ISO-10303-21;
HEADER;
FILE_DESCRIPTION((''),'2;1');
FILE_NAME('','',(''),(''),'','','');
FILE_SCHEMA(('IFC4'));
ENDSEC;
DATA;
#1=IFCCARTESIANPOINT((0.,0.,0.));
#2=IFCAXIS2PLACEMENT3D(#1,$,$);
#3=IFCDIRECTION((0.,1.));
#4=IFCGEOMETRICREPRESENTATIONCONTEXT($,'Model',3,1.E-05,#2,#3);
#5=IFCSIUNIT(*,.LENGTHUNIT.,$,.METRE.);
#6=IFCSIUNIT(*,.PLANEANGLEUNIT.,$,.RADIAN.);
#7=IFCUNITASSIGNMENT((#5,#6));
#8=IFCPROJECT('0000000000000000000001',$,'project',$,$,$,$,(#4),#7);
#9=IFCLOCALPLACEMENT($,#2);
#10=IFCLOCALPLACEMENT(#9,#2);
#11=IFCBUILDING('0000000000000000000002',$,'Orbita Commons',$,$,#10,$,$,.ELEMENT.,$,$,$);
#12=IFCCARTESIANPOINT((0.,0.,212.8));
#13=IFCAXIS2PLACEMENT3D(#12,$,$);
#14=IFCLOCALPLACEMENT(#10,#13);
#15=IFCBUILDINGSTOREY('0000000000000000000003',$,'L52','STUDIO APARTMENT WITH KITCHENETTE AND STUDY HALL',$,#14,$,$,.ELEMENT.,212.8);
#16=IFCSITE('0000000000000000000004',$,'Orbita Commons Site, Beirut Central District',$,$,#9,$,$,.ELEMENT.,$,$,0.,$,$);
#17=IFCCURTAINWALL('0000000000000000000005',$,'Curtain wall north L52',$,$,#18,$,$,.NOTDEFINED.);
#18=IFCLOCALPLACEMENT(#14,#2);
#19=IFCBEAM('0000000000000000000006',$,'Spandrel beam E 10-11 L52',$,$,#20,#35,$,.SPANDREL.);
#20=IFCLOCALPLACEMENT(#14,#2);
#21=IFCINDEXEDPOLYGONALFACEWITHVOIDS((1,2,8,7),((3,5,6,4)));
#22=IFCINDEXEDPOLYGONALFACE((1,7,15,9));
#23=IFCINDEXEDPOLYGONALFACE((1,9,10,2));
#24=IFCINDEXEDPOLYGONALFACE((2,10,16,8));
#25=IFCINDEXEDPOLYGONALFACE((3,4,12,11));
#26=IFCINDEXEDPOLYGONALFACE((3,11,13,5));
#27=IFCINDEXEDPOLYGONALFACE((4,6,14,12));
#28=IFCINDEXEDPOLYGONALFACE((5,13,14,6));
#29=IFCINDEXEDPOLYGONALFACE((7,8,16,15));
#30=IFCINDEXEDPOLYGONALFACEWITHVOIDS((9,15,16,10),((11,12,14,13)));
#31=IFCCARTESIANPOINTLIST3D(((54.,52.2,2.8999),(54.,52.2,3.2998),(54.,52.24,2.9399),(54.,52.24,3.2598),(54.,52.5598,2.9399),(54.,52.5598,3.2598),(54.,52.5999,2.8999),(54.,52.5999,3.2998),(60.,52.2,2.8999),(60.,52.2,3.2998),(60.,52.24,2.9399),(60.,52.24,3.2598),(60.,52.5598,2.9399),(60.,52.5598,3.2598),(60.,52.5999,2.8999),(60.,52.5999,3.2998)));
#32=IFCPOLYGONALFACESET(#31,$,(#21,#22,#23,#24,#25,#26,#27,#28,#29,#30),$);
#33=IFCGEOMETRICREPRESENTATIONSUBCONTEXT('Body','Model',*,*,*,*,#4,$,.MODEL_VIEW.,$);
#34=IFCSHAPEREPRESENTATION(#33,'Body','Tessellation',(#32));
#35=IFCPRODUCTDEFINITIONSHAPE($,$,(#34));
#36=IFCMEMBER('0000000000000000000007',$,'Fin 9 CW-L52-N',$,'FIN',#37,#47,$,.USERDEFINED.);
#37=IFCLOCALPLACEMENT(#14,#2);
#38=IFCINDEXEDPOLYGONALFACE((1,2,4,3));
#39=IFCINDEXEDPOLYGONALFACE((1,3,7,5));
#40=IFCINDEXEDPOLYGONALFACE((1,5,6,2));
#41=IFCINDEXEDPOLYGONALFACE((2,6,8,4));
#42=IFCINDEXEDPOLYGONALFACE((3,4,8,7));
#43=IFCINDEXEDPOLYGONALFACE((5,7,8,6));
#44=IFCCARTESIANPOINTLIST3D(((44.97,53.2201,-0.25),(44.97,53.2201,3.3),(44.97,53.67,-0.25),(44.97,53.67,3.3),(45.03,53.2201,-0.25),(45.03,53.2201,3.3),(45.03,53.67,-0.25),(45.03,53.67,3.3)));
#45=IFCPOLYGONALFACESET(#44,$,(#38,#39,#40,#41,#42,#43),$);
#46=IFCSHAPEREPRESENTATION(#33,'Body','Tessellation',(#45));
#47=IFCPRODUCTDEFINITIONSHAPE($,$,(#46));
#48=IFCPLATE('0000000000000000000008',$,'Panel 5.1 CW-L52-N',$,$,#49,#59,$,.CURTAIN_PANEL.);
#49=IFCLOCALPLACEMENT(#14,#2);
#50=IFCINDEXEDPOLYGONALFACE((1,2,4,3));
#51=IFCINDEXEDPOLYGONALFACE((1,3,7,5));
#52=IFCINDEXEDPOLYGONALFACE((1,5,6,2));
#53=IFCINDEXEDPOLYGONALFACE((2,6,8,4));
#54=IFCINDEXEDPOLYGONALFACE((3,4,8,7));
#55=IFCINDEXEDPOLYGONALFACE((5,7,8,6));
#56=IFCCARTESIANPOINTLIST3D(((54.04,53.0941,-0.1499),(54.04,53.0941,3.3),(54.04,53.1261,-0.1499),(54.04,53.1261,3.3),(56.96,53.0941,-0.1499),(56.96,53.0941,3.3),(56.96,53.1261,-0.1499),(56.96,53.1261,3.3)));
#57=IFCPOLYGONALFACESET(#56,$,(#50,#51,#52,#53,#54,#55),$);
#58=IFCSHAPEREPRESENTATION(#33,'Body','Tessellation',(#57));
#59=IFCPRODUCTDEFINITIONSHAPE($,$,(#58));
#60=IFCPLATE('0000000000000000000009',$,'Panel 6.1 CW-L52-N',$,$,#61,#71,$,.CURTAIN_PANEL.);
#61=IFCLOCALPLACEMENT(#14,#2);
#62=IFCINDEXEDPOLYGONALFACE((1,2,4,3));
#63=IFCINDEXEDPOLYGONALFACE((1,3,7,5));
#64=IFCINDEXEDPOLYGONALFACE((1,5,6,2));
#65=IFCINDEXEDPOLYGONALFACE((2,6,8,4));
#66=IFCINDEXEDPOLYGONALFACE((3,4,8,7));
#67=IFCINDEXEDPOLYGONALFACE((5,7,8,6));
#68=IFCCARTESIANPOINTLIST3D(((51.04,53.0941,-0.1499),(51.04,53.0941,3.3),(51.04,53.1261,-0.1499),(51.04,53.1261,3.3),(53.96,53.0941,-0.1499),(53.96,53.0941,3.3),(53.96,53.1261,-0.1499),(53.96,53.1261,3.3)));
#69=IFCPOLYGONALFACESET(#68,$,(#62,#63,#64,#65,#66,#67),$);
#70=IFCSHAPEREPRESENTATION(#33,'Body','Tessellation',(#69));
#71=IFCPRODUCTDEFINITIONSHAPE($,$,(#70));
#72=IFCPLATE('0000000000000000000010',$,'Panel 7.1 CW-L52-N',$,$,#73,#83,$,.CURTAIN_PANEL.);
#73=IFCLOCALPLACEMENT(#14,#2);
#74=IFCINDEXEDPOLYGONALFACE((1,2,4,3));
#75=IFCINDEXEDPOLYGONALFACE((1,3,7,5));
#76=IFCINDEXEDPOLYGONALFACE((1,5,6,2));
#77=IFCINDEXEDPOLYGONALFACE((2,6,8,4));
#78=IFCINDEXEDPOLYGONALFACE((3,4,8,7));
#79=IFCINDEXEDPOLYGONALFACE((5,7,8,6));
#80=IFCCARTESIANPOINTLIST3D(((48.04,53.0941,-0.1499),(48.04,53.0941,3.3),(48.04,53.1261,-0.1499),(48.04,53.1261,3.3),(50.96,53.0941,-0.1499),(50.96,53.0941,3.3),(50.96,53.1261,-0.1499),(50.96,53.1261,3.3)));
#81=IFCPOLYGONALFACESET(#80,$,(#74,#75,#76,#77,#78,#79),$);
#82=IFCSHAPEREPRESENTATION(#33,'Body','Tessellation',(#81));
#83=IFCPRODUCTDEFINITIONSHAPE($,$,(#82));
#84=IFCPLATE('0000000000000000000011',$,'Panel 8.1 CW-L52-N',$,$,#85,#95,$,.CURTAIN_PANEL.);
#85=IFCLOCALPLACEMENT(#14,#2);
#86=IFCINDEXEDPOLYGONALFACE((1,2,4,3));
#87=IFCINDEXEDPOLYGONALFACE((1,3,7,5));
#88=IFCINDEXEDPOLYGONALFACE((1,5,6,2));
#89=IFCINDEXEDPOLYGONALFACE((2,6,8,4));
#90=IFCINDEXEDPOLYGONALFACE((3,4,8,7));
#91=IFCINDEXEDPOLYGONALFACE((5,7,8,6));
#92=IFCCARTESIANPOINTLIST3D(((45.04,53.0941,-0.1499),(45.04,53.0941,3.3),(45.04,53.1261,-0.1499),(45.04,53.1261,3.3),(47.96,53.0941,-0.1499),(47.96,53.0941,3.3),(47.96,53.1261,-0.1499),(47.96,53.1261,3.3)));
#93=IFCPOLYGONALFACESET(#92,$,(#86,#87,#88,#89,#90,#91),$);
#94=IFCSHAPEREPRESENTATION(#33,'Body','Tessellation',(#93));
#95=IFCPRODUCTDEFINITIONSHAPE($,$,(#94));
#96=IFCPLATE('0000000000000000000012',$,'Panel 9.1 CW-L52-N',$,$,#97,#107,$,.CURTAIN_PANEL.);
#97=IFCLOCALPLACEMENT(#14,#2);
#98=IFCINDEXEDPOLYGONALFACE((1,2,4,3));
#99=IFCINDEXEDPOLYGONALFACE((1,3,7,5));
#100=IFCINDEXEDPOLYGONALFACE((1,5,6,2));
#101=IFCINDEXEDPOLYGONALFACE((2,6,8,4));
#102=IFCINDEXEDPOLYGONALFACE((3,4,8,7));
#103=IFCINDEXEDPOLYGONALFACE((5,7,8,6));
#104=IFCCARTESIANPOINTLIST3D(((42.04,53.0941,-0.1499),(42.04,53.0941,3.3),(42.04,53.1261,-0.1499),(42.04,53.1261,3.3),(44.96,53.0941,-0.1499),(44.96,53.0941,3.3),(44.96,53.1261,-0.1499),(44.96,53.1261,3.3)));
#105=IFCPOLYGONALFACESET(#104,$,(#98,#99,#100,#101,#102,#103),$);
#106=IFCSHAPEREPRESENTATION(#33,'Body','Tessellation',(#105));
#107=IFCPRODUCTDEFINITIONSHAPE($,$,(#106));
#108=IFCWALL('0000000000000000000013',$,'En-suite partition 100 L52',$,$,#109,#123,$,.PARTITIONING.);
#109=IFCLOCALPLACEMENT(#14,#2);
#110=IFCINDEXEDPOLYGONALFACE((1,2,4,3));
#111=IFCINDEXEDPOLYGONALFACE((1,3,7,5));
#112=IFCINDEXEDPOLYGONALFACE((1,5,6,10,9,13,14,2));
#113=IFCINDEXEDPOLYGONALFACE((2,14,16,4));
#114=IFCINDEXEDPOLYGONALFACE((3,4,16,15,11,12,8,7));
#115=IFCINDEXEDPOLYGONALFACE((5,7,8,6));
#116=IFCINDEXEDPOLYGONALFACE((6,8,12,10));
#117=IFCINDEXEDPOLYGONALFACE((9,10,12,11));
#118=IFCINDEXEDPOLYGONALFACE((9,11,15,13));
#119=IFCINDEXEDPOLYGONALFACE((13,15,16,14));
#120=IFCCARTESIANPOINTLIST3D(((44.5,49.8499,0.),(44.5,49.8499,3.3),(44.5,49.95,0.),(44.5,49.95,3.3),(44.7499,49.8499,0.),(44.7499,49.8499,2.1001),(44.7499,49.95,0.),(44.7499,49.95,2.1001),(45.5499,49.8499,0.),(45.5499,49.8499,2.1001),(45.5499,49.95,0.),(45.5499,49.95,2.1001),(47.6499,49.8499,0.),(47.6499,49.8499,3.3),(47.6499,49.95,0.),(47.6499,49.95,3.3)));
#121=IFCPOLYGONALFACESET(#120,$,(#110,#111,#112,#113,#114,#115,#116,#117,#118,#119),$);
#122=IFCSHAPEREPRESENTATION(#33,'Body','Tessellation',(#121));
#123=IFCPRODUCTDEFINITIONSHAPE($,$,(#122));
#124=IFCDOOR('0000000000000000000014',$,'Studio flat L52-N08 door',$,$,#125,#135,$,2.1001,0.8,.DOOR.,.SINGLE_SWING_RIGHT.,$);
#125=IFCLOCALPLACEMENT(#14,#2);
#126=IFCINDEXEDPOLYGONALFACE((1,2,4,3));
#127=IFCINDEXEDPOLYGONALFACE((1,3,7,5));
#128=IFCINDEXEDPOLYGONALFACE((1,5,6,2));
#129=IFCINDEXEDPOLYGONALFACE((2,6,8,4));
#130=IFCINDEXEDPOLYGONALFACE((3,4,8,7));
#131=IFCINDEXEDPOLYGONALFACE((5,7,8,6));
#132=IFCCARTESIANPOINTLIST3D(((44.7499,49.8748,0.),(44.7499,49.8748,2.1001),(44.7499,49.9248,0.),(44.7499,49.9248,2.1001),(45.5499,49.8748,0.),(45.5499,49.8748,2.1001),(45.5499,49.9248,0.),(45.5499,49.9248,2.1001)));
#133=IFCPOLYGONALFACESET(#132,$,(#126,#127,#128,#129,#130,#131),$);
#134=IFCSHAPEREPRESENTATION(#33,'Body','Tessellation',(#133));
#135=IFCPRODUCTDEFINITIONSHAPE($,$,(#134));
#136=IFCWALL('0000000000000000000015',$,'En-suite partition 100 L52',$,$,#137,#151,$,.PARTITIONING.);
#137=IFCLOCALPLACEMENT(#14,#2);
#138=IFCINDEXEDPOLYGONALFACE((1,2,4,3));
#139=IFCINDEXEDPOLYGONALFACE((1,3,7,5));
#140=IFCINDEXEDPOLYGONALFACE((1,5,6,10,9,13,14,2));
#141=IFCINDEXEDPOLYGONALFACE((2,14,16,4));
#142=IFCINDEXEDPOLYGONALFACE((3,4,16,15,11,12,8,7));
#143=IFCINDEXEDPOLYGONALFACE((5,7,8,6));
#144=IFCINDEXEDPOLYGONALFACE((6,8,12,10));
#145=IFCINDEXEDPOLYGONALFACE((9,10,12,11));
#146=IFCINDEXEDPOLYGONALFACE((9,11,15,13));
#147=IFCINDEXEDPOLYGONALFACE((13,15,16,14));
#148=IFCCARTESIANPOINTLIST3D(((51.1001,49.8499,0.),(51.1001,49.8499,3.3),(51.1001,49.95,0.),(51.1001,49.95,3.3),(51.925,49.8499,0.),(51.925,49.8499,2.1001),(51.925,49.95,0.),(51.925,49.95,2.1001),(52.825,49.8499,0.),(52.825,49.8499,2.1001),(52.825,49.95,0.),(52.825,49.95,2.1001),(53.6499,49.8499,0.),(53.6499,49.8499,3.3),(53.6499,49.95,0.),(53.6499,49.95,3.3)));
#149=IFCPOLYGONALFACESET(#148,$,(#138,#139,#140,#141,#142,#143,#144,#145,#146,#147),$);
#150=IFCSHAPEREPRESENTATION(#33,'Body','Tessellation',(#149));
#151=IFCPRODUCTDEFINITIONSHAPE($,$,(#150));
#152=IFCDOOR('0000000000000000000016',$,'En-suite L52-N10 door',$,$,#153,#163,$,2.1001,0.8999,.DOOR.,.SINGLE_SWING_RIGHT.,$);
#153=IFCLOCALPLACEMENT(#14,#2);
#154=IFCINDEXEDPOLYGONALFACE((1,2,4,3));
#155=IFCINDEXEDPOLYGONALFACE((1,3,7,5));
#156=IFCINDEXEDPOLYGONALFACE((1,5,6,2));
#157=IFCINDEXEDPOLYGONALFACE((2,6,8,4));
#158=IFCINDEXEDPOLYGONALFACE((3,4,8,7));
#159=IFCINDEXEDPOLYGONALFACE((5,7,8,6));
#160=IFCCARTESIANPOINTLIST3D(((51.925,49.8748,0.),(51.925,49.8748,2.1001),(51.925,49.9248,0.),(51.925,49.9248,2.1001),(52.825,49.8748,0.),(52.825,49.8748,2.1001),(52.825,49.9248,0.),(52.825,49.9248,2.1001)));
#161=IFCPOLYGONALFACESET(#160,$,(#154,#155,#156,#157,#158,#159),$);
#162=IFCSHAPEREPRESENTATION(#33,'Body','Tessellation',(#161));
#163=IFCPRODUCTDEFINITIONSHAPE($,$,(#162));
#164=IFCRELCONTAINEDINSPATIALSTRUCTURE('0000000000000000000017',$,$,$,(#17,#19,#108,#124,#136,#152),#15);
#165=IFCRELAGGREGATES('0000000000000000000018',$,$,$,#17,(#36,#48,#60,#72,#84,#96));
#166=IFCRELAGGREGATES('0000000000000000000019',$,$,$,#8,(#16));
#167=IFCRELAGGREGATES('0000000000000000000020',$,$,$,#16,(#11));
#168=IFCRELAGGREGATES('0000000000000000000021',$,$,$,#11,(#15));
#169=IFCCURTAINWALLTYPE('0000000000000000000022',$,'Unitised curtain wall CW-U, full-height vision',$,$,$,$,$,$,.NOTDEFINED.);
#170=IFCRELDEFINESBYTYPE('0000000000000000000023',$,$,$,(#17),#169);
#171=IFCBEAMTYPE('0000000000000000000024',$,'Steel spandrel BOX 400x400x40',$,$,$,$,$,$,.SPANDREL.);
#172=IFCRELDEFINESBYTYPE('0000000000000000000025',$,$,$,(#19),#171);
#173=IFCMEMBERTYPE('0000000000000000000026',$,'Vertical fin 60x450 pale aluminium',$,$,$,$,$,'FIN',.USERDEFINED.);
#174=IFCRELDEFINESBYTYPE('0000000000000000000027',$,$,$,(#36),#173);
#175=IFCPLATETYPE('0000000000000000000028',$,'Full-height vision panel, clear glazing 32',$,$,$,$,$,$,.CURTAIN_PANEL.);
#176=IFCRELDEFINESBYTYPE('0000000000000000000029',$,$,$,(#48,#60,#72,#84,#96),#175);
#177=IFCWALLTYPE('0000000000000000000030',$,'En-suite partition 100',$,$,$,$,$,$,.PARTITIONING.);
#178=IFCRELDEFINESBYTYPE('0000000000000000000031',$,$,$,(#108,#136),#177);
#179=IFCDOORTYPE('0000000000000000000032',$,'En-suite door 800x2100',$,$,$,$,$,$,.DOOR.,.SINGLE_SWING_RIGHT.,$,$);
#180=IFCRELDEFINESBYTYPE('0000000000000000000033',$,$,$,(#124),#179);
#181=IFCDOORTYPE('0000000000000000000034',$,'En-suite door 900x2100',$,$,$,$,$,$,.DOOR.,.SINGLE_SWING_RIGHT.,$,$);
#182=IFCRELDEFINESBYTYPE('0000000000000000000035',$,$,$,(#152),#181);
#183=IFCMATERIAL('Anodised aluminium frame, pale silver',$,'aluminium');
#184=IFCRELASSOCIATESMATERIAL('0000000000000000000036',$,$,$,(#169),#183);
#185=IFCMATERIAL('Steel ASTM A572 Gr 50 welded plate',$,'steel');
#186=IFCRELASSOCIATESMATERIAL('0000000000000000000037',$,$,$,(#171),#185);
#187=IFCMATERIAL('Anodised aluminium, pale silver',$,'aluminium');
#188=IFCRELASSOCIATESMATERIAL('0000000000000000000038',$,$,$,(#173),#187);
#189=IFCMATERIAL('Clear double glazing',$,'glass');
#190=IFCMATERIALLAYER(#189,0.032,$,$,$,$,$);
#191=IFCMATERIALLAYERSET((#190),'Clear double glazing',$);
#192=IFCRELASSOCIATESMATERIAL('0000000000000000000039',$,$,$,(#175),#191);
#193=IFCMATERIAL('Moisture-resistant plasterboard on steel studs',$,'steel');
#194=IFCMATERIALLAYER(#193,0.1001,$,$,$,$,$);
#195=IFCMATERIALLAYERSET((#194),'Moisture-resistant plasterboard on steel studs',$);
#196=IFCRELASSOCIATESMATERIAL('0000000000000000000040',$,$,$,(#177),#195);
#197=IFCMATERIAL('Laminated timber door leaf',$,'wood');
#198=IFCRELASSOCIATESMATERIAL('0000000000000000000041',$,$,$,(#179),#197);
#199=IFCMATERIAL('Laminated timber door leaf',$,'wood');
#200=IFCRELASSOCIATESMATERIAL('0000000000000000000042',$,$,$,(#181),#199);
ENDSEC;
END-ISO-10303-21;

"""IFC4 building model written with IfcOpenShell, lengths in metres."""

from ifc_helpers import new_model, si_unit, direction, frame, frame_2d, origin, origin_2d, place, context, subcontext, project, spatial, rectangle, hollow_rectangle, extrude, material, layer, layer_set, material_profile, profile_set, type_object, element, fill, aggregate, save


model = new_model("IFC4")

# Units and contexts
model_context = context("Model", 3, precision=1e-05, world=origin(), true_north=direction((0.0, 1.0)))
body_context = subcontext(model_context, "Body", "Model", "MODEL_VIEW")
ifc_project = project(units=[si_unit("LENGTHUNIT", "METRE"), si_unit("PLANEANGLEUNIT", "RADIAN")], contexts=[model_context])

# Site, building, storey
site_placement = place(None, origin())
site = spatial("IfcSite", under=ifc_project, at=site_placement, Name="Orbita Commons Site, Beirut Central District", CompositionType="ELEMENT", RefElevation=0.0)
building_placement = place(site_placement, origin())
building = spatial("IfcBuilding", under=site, at=building_placement, Name="Orbita Commons", CompositionType="ELEMENT")
storey_placement = place(building_placement, frame((0.0, 0.0, 212.8)))
storey = spatial("IfcBuildingStorey", under=building, at=storey_placement, Name="L52", Description="STUDIO APARTMENT WITH KITCHENETTE AND STUDY HALL", CompositionType="ELEMENT", Elevation=212.8)

# Curtain wall
ifc_material_1 = material(Name="Anodised aluminium frame, pale silver", Category="aluminium")
curtain_wall_type = type_object("IfcCurtainWallType", Name="Unitised curtain wall CW-U, full-height vision", PredefinedType="NOTDEFINED", material=ifc_material_1)
curtain_wall_placement = place(storey_placement, origin())
curtain_wall = element("IfcCurtainWall", 1, at=curtain_wall_placement, inside=storey, type_object=curtain_wall_type, Name="Curtain wall north L52", PredefinedType="NOTDEFINED")

# Beam
ifc_material_2 = material(Name="Steel ASTM A572 Gr 50 welded plate", Category="steel")
ifc_material_profile_1 = material_profile(ifc_material_2, hollow_rectangle(XDim=0.3999, YDim=0.3999, WallThickness=0.04, at=origin_2d()), Name="BOX 400x400x40")
ifc_profile_set_1 = profile_set([ifc_material_profile_1], Name="Steel ASTM A572 Gr 50 welded plate")
beam_type = type_object("IfcBeamType", Name="Steel spandrel BOX 400x400x40", PredefinedType="SPANDREL", material=ifc_profile_set_1)
for number, where, z_axis, x_axis, name in (
    (2, (54.0, 52.3999, 3.0999), (1.0, 0.0, 0.0), (0.0, 1.0, 0.0), "Spandrel beam E 10-11 L52"),
):
    element("IfcBeam", number, at=place(storey_placement, frame(where, z_axis=z_axis, x_axis=x_axis)), inside=storey, type_object=beam_type, Name=name, PredefinedType="SPANDREL", context=body_context, shape_type="SweptSolid", body=[
        extrude(hollow_rectangle(XDim=0.3999, YDim=0.3999, WallThickness=0.04, at=origin_2d()), origin(), (0.0, 0.0, 1.0), 6.0),
    ])

# Member
ifc_material_3 = material(Name="Anodised aluminium, pale silver", Category="aluminium")
ifc_material_profile_2 = material_profile(ifc_material_3, rectangle(XDim=0.0601, YDim=0.45, at=origin_2d()), Name="FIN 60x450")
ifc_profile_set_2 = profile_set([ifc_material_profile_2], Name="Anodised aluminium, pale silver")
member_type_1 = type_object("IfcMemberType", Name="Vertical fin 60x450 pale aluminium", ElementType="FIN", PredefinedType="USERDEFINED", material=ifc_profile_set_2)
member_1_placement = place(storey_placement, frame((45.0, 53.4451, -0.25), z_axis=(0.0, 0.0, 1.0), x_axis=(-1.0, 0.0, 0.0)))
member_1 = element("IfcMember", 3, at=member_1_placement, type_object=member_type_1, Name="Fin 9 CW-L52-N", ObjectType="FIN", PredefinedType="USERDEFINED", context=body_context, shape_type="SweptSolid", body=[
    extrude(rectangle(XDim=0.0601, YDim=0.45, at=origin_2d()), origin(), (0.0, 0.0, 1.0), 3.55),
])

# Plates
ifc_material_4 = material(Name="Clear double glazing", Category="glass")
ifc_layer_1 = layer(ifc_material_4, 0.032)
ifc_layer_set_1 = layer_set([ifc_layer_1], Name="Clear double glazing")
plate_type = type_object("IfcPlateType", Name="Full-height vision panel, clear glazing 32", PredefinedType="CURTAIN_PANEL", material=ifc_layer_set_1)
plate_1_placement = place(storey_placement, frame((55.5, 53.1101, -0.1499), z_axis=(0.0, 0.0, 1.0), x_axis=(-1.0, 0.0, 0.0)))
plate_1 = element("IfcPlate", 4, at=plate_1_placement, type_object=plate_type, Name="Panel 5.1 CW-L52-N", PredefinedType="CURTAIN_PANEL", context=body_context, shape_type="SweptSolid", body=[
    extrude(rectangle(XDim=2.9199, YDim=0.032, at=origin_2d()), origin(), (0.0, 0.0, 1.0), 3.45),
])
plate_2_placement = place(storey_placement, frame((52.5, 53.1101, -0.1499), z_axis=(0.0, 0.0, 1.0), x_axis=(-1.0, 0.0, 0.0)))
plate_2 = element("IfcPlate", 5, at=plate_2_placement, type_object=plate_type, Name="Panel 6.1 CW-L52-N", PredefinedType="CURTAIN_PANEL", context=body_context, shape_type="SweptSolid", body=[
    extrude(rectangle(XDim=2.9199, YDim=0.032, at=origin_2d()), origin(), (0.0, 0.0, 1.0), 3.45),
])
plate_3_placement = place(storey_placement, frame((49.5, 53.1101, -0.1499), z_axis=(0.0, 0.0, 1.0), x_axis=(-1.0, 0.0, 0.0)))
plate_3 = element("IfcPlate", 6, at=plate_3_placement, type_object=plate_type, Name="Panel 7.1 CW-L52-N", PredefinedType="CURTAIN_PANEL", context=body_context, shape_type="SweptSolid", body=[
    extrude(rectangle(XDim=2.9199, YDim=0.032, at=origin_2d()), origin(), (0.0, 0.0, 1.0), 3.45),
])
plate_4_placement = place(storey_placement, frame((46.5, 53.1101, -0.1499), z_axis=(0.0, 0.0, 1.0), x_axis=(-1.0, 0.0, 0.0)))
plate_4 = element("IfcPlate", 7, at=plate_4_placement, type_object=plate_type, Name="Panel 8.1 CW-L52-N", PredefinedType="CURTAIN_PANEL", context=body_context, shape_type="SweptSolid", body=[
    extrude(rectangle(XDim=2.9199, YDim=0.032, at=origin_2d()), origin(), (0.0, 0.0, 1.0), 3.45),
])
plate_5_placement = place(storey_placement, frame((43.5, 53.1101, -0.1499), z_axis=(0.0, 0.0, 1.0), x_axis=(-1.0, 0.0, 0.0)))
plate_5 = element("IfcPlate", 8, at=plate_5_placement, type_object=plate_type, Name="Panel 9.1 CW-L52-N", PredefinedType="CURTAIN_PANEL", context=body_context, shape_type="SweptSolid", body=[
    extrude(rectangle(XDim=2.9199, YDim=0.032, at=origin_2d()), origin(), (0.0, 0.0, 1.0), 3.45),
])
aggregate(curtain_wall, [member_1, plate_1, plate_2, plate_3, plate_4, plate_5])

# Walls, openings, doors
ifc_material_5 = material(Name="Moisture-resistant plasterboard on steel studs", Category="steel")
ifc_layer_2 = layer(ifc_material_5, 0.1001)
ifc_layer_set_2 = layer_set([ifc_layer_2], Name="Moisture-resistant plasterboard on steel studs")
wall_type_1 = type_object("IfcWallType", Name="En-suite partition 100", PredefinedType="PARTITIONING", material=ifc_layer_set_2)
wall_1_placement = place(storey_placement, frame((44.5, 49.8999, 0.0), z_axis=(0.0, 0.0, 1.0), x_axis=(1.0, 0.0, 0.0)))
wall_1 = element("IfcWall", 9, at=wall_1_placement, inside=storey, type_object=wall_type_1, Name="En-suite partition 100 L52", PredefinedType="PARTITIONING", context=body_context, shape_type="SweptSolid", body=[
    extrude(rectangle(XDim=3.1499, YDim=0.1001, at=frame_2d((1.575, 0.0))), origin(), (0.0, 0.0, 1.0), 3.3),
])
opening_1_placement = place(wall_1_placement, frame((0.25, 0.0, 0.0)))
opening_1 = element("IfcOpeningElement", 10, at=opening_1_placement, cuts=wall_1, PredefinedType="OPENING", context=body_context, shape_type="SweptSolid", body=[
    extrude(rectangle(XDim=0.8, YDim=2.1001, at=frame_2d((0.3999, 1.05))), frame((0.0, 0.0601, 0.0), z_axis=(0.0, -1.0, 0.0), x_axis=(1.0, 0.0, 0.0)), (0.0, 0.0, 1.0), 0.1201),
])
ifc_material_6 = material(Name="Laminated timber door leaf", Category="wood")
door_type_1 = type_object("IfcDoorType", Name="En-suite door 800x2100", OperationType="SINGLE_SWING_RIGHT", PredefinedType="DOOR", material=ifc_material_6)
door_1_placement = place(opening_1_placement, origin())
door_1 = element("IfcDoor", 11, at=door_1_placement, inside=storey, type_object=door_type_1, Name="Studio flat L52-N08 door", OperationType="SINGLE_SWING_RIGHT", OverallHeight=2.1001, OverallWidth=0.8, PredefinedType="DOOR", context=body_context, shape_type="SweptSolid", body=[
    extrude(rectangle(XDim=0.8, YDim=2.1001, at=frame_2d((0.3999, 1.05))), frame((0.0, 0.0249, 0.0), z_axis=(0.0, -1.0, 0.0), x_axis=(1.0, 0.0, 0.0)), (0.0, 0.0, 1.0), 0.05),
])
fill(opening_1, door_1)
wall_2_placement = place(storey_placement, frame((51.1001, 49.8999, 0.0), z_axis=(0.0, 0.0, 1.0), x_axis=(1.0, 0.0, 0.0)))
wall_2 = element("IfcWall", 12, at=wall_2_placement, inside=storey, type_object=wall_type_1, Name="En-suite partition 100 L52", PredefinedType="PARTITIONING", context=body_context, shape_type="SweptSolid", body=[
    extrude(rectangle(XDim=2.5498, YDim=0.1001, at=frame_2d((1.2749, 0.0))), origin(), (0.0, 0.0, 1.0), 3.3),
])
opening_2_placement = place(wall_2_placement, frame((0.825, 0.0, 0.0)))
opening_2 = element("IfcOpeningElement", 13, at=opening_2_placement, cuts=wall_2, PredefinedType="OPENING", context=body_context, shape_type="SweptSolid", body=[
    extrude(rectangle(XDim=0.8999, YDim=2.1001, at=frame_2d((0.45, 1.05))), frame((0.0, 0.0601, 0.0), z_axis=(0.0, -1.0, 0.0), x_axis=(1.0, 0.0, 0.0)), (0.0, 0.0, 1.0), 0.1201),
])
ifc_material_7 = material(Name="Laminated timber door leaf", Category="wood")
door_type_2 = type_object("IfcDoorType", Name="En-suite door 900x2100", OperationType="SINGLE_SWING_RIGHT", PredefinedType="DOOR", material=ifc_material_7)
door_2_placement = place(opening_2_placement, origin())
door_2 = element("IfcDoor", 14, at=door_2_placement, inside=storey, type_object=door_type_2, Name="En-suite L52-N10 door", OperationType="SINGLE_SWING_RIGHT", OverallHeight=2.1001, OverallWidth=0.8999, PredefinedType="DOOR", context=body_context, shape_type="SweptSolid", body=[
    extrude(rectangle(XDim=0.8999, YDim=2.1001, at=frame_2d((0.45, 1.05))), frame((0.0, 0.0249, 0.0), z_axis=(0.0, -1.0, 0.0), x_axis=(1.0, 0.0, 0.0)), (0.0, 0.0, 1.0), 0.05),
])
fill(opening_2, door_2)

save(model, "model.ifc")
